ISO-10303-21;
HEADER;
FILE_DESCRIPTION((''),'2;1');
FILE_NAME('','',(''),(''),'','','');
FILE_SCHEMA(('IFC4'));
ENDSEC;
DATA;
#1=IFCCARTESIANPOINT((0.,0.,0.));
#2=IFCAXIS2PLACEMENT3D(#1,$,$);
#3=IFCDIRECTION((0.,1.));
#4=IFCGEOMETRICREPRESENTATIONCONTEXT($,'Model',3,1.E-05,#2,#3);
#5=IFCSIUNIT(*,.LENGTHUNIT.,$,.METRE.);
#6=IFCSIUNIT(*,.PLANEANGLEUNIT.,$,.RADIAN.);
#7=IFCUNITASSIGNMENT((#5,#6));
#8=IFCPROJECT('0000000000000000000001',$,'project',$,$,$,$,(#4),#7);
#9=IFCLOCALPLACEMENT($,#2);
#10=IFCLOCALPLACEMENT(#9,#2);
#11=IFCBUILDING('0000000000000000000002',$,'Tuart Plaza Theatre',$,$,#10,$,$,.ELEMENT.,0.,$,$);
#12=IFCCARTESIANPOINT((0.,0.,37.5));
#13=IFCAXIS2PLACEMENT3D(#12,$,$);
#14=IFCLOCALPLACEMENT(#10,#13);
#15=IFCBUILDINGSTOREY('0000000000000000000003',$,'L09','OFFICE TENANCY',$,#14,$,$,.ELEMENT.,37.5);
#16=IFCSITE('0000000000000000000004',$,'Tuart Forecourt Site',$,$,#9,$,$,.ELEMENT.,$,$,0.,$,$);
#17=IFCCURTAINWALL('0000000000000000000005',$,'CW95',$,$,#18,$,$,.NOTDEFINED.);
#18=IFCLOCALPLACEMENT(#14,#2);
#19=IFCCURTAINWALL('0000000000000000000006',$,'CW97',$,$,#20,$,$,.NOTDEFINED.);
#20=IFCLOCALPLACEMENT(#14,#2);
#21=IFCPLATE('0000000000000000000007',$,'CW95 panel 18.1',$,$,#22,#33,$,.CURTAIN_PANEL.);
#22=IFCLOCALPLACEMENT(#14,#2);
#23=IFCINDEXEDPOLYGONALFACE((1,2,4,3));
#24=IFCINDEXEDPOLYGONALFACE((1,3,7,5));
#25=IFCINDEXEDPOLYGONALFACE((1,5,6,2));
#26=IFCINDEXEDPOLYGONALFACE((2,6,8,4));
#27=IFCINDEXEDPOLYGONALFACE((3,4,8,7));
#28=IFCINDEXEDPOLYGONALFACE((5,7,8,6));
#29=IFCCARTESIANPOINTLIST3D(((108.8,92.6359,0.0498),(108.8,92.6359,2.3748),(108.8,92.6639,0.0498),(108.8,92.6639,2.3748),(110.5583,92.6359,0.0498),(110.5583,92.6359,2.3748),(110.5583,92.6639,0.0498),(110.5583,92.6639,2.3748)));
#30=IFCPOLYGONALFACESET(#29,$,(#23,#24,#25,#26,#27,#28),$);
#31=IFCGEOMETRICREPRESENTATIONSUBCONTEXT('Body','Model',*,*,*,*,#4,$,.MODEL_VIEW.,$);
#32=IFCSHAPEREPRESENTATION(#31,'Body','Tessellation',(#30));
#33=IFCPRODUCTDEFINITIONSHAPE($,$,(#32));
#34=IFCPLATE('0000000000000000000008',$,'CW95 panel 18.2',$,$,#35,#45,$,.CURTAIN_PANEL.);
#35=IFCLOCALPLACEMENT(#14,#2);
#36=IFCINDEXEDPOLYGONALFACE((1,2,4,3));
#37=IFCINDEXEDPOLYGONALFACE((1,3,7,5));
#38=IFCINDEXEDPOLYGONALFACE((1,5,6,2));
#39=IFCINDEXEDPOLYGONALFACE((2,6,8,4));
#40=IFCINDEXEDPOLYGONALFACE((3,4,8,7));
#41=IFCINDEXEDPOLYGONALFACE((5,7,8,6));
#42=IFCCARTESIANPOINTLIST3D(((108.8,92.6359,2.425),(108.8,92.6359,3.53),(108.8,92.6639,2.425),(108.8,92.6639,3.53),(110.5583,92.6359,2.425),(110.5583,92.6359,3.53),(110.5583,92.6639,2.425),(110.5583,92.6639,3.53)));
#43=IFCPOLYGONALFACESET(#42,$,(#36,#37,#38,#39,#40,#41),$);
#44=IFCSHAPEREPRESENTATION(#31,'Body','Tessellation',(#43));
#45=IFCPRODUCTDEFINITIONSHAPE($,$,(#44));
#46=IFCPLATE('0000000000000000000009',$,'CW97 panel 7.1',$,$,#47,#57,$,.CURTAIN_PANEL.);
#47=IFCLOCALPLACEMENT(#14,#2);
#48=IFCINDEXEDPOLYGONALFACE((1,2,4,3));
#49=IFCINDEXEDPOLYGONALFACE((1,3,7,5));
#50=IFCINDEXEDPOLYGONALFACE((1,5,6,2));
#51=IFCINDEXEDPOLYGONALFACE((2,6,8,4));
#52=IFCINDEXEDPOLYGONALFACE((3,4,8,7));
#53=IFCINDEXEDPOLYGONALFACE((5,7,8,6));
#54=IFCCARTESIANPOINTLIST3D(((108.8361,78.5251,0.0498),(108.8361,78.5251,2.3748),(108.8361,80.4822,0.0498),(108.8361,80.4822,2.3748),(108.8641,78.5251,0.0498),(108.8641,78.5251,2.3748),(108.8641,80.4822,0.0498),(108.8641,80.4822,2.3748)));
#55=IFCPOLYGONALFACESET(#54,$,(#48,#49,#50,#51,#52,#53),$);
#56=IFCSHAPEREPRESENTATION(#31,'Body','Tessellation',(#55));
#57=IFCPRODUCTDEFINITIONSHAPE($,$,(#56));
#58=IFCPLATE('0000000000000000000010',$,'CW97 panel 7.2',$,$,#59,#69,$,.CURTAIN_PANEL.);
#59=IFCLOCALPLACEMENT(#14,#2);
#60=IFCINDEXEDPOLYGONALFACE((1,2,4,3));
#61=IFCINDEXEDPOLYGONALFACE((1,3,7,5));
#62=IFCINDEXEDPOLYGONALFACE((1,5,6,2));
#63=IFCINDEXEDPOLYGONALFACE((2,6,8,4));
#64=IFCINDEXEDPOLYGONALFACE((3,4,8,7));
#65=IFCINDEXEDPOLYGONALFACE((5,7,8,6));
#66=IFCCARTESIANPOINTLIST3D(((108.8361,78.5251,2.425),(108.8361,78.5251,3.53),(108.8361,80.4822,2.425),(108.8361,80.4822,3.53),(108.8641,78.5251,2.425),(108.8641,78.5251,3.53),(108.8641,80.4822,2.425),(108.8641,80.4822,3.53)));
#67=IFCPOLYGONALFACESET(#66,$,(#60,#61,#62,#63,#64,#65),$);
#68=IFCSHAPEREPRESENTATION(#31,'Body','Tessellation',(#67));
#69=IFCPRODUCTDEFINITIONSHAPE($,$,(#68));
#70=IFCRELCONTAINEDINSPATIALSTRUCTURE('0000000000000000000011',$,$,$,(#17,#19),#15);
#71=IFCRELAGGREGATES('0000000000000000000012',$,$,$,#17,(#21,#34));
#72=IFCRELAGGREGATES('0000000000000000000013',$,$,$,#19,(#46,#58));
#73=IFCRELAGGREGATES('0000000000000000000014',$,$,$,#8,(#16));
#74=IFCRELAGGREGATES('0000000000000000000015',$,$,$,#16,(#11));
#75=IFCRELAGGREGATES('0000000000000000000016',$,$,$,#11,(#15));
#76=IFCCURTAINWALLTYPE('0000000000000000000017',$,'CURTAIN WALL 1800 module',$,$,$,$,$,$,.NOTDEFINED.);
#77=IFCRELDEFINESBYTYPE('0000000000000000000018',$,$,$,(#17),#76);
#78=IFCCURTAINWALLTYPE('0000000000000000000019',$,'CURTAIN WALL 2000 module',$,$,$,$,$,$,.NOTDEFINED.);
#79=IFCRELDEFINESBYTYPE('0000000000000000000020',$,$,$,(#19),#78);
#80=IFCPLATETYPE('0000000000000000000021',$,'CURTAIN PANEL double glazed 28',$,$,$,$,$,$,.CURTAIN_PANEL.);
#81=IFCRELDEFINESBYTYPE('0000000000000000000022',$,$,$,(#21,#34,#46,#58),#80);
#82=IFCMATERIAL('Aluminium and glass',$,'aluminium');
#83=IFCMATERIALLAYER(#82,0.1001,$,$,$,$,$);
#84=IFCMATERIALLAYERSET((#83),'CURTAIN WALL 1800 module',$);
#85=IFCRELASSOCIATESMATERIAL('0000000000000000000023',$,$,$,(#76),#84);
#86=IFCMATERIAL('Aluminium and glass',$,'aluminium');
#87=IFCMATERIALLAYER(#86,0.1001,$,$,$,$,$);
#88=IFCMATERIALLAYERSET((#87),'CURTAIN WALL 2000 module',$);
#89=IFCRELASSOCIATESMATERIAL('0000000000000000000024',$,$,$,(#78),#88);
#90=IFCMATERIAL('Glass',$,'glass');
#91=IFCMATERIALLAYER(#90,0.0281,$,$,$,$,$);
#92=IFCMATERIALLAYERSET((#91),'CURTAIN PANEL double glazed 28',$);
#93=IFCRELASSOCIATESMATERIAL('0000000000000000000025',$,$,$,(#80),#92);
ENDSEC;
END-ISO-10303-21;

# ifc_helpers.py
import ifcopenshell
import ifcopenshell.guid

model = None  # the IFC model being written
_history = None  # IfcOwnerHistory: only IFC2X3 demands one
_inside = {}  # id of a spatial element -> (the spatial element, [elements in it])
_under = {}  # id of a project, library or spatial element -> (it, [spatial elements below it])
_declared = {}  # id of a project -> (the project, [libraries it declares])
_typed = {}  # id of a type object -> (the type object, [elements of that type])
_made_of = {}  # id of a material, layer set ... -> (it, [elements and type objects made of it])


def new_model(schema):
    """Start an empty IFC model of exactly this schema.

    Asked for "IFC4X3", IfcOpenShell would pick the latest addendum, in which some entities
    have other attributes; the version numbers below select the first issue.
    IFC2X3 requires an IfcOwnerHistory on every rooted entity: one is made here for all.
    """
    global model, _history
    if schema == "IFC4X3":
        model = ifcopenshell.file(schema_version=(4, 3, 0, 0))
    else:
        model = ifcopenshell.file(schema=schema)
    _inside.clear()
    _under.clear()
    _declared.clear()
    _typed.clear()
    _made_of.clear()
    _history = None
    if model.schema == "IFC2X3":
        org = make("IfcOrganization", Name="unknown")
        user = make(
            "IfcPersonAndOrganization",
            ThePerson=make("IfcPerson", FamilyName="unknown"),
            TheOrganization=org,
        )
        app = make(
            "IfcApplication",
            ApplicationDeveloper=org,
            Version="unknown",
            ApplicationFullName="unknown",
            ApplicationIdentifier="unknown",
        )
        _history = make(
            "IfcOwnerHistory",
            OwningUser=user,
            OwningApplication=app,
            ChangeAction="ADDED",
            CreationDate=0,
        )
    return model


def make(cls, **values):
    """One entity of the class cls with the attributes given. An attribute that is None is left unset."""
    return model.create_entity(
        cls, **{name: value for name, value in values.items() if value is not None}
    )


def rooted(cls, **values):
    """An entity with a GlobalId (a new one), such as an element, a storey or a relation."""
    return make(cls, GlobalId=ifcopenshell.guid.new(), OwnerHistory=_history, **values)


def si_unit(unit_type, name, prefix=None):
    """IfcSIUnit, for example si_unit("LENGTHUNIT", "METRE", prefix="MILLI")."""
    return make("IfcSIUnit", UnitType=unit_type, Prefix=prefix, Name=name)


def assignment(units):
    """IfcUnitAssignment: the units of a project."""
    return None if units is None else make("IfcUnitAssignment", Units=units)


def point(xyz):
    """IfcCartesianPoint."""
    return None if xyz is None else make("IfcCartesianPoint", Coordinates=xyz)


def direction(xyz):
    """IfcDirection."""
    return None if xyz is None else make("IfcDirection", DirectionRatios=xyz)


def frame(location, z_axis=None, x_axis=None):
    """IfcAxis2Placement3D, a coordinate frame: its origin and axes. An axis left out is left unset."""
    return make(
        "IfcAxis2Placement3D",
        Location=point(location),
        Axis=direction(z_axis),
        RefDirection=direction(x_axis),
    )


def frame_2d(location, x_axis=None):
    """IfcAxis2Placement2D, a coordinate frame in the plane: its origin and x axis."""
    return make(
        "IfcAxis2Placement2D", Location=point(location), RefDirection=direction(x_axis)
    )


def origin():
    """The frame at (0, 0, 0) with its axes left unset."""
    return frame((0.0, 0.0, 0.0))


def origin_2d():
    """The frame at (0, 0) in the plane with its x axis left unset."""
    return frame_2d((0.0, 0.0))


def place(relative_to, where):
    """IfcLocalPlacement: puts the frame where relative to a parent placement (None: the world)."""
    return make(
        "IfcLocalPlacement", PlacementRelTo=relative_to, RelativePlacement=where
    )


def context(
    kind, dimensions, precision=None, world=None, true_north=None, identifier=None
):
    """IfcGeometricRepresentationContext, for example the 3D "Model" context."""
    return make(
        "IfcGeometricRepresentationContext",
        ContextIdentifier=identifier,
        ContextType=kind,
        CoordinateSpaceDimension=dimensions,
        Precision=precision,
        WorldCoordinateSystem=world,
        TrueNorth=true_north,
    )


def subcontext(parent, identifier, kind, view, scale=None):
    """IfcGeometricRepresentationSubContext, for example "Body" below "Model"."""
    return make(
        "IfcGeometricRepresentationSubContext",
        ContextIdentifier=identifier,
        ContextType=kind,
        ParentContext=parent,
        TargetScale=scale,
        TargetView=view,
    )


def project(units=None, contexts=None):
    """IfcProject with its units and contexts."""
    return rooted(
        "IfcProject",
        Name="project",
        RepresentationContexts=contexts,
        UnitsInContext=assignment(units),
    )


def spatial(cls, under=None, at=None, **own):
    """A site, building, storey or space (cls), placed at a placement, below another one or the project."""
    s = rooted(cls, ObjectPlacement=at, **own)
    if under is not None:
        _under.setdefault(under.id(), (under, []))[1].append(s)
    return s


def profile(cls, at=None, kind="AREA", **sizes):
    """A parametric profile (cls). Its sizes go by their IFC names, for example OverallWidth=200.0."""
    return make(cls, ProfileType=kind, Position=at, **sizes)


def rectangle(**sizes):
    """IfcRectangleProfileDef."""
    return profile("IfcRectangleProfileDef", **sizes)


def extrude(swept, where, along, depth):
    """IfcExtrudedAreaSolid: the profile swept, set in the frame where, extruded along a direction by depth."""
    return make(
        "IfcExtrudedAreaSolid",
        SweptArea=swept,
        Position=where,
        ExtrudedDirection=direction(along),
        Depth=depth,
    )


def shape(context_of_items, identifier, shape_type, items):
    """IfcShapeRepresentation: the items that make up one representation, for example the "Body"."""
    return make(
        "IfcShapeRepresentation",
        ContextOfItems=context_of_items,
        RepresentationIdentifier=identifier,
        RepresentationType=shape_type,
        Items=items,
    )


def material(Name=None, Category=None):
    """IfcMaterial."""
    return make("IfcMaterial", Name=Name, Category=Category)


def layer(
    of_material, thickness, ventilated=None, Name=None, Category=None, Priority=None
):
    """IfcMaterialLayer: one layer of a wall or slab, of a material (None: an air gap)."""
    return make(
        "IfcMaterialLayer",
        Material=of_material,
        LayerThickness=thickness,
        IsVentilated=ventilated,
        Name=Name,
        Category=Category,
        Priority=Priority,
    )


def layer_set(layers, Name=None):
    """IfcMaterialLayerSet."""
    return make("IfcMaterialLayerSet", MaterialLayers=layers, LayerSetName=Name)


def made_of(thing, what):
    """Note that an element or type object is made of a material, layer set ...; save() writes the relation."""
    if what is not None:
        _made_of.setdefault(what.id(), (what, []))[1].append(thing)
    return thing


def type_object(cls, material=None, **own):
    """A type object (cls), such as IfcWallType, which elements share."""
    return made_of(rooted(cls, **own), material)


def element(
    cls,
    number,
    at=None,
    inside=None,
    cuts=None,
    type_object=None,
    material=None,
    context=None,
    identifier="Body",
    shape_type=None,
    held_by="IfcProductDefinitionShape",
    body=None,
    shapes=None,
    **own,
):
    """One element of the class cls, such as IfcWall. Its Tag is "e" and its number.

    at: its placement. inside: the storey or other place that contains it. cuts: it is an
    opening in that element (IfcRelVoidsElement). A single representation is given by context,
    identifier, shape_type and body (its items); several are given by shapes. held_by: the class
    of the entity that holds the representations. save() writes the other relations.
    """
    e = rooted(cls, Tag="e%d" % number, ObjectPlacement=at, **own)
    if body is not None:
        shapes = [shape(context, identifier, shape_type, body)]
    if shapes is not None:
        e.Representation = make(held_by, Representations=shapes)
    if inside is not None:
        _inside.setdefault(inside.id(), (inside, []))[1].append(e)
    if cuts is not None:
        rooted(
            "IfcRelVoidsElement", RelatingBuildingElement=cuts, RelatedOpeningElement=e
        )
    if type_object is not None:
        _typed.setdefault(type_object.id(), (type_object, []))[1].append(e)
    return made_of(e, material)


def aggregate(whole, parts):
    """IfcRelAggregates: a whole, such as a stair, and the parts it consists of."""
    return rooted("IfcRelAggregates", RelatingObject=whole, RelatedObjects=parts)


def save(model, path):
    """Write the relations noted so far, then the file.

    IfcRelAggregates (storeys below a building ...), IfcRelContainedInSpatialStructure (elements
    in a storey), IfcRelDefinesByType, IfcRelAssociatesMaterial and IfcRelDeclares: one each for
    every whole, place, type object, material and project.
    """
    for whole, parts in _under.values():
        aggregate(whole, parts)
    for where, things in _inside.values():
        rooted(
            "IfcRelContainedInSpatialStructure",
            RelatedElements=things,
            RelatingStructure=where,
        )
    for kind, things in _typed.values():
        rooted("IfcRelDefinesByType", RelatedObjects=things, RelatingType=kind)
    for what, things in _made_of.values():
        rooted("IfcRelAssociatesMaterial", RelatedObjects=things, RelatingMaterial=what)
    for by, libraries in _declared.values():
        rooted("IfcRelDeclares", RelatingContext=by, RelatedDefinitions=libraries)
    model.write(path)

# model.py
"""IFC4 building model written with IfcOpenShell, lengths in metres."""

from ifc_helpers import new_model, si_unit, direction, frame, origin, origin_2d, place, context, subcontext, project, spatial, rectangle, extrude, material, layer, layer_set, type_object, element, aggregate, save


model = new_model("IFC4")

# Units and contexts
model_context = context("Model", 3, precision=1e-05, world=origin(), true_north=direction((0.0, 1.0)))
body_context = subcontext(model_context, "Body", "Model", "MODEL_VIEW")
ifc_project = project(units=[si_unit("LENGTHUNIT", "METRE"), si_unit("PLANEANGLEUNIT", "RADIAN")], contexts=[model_context])

# Site, building, storey
site_placement = place(None, origin())
site = spatial("IfcSite", under=ifc_project, at=site_placement, Name="Tuart Forecourt Site", CompositionType="ELEMENT", RefElevation=0.0)
building_placement = place(site_placement, origin())
building = spatial("IfcBuilding", under=site, at=building_placement, Name="Tuart Plaza Theatre", CompositionType="ELEMENT", ElevationOfRefHeight=0.0)
storey_placement = place(building_placement, frame((0.0, 0.0, 37.5)))
storey = spatial("IfcBuildingStorey", under=building, at=storey_placement, Name="L09", Description="OFFICE TENANCY", CompositionType="ELEMENT", Elevation=37.5)

# Curtain walls
ifc_material_1 = material(Name="Aluminium and glass", Category="aluminium")
ifc_layer_1 = layer(ifc_material_1, 0.1001)
ifc_layer_set_1 = layer_set([ifc_layer_1], Name="CURTAIN WALL 1800 module")
curtain_wall_type_1 = type_object("IfcCurtainWallType", Name="CURTAIN WALL 1800 module", PredefinedType="NOTDEFINED", material=ifc_layer_set_1)
curtain_wall_1_placement = place(storey_placement, origin())
curtain_wall_1 = element("IfcCurtainWall", 1, at=curtain_wall_1_placement, inside=storey, type_object=curtain_wall_type_1, Name="CW95", PredefinedType="NOTDEFINED")
ifc_material_2 = material(Name="Aluminium and glass", Category="aluminium")
ifc_layer_2 = layer(ifc_material_2, 0.1001)
ifc_layer_set_2 = layer_set([ifc_layer_2], Name="CURTAIN WALL 2000 module")
curtain_wall_type_2 = type_object("IfcCurtainWallType", Name="CURTAIN WALL 2000 module", PredefinedType="NOTDEFINED", material=ifc_layer_set_2)
curtain_wall_2_placement = place(storey_placement, origin())
curtain_wall_2 = element("IfcCurtainWall", 2, at=curtain_wall_2_placement, inside=storey, type_object=curtain_wall_type_2, Name="CW97", PredefinedType="NOTDEFINED")

# Plates
ifc_material_3 = material(Name="Glass", Category="glass")
ifc_layer_3 = layer(ifc_material_3, 0.0281)
ifc_layer_set_3 = layer_set([ifc_layer_3], Name="CURTAIN PANEL double glazed 28")
plate_type = type_object("IfcPlateType", Name="CURTAIN PANEL double glazed 28", PredefinedType="CURTAIN_PANEL", material=ifc_layer_set_3)
plate_1_placement = place(storey_placement, frame((109.6792, 92.6499, 0.0498), z_axis=(0.0, 0.0, 1.0), x_axis=(-1.0, 0.0, 0.0)))
plate_1 = element("IfcPlate", 3, at=plate_1_placement, type_object=plate_type, Name="CW95 panel 18.1", PredefinedType="CURTAIN_PANEL", context=body_context, shape_type="SweptSolid", body=[
    extrude(rectangle(XDim=1.7583, YDim=0.0281, at=origin_2d()), origin(), (0.0, 0.0, 1.0), 2.325),
])
plate_2_placement = place(storey_placement, frame((109.6792, 92.6499, 2.425), z_axis=(0.0, 0.0, 1.0), x_axis=(-1.0, 0.0, 0.0)))
plate_2 = element("IfcPlate", 4, at=plate_2_placement, type_object=plate_type, Name="CW95 panel 18.2", PredefinedType="CURTAIN_PANEL", context=body_context, shape_type="SweptSolid", body=[
    extrude(rectangle(XDim=1.7583, YDim=0.0281, at=origin_2d()), origin(), (0.0, 0.0, 1.0), 1.105),
])
aggregate(curtain_wall_1, [plate_1, plate_2])
plate_3_placement = place(storey_placement, frame((108.8501, 79.5037, 0.0498), z_axis=(0.0, 0.0, 1.0), x_axis=(0.0, -1.0, 0.0)))
plate_3 = element("IfcPlate", 5, at=plate_3_placement, type_object=plate_type, Name="CW97 panel 7.1", PredefinedType="CURTAIN_PANEL", context=body_context, shape_type="SweptSolid", body=[
    extrude(rectangle(XDim=1.957, YDim=0.0281, at=origin_2d()), origin(), (0.0, 0.0, 1.0), 2.325),
])
plate_4_placement = place(storey_placement, frame((108.8501, 79.5037, 2.425), z_axis=(0.0, 0.0, 1.0), x_axis=(0.0, -1.0, 0.0)))
plate_4 = element("IfcPlate", 6, at=plate_4_placement, type_object=plate_type, Name="CW97 panel 7.2", PredefinedType="CURTAIN_PANEL", context=body_context, shape_type="SweptSolid", body=[
    extrude(rectangle(XDim=1.957, YDim=0.0281, at=origin_2d()), origin(), (0.0, 0.0, 1.0), 1.105),
])
aggregate(curtain_wall_2, [plate_3, plate_4])

save(model, "model.ifc")
